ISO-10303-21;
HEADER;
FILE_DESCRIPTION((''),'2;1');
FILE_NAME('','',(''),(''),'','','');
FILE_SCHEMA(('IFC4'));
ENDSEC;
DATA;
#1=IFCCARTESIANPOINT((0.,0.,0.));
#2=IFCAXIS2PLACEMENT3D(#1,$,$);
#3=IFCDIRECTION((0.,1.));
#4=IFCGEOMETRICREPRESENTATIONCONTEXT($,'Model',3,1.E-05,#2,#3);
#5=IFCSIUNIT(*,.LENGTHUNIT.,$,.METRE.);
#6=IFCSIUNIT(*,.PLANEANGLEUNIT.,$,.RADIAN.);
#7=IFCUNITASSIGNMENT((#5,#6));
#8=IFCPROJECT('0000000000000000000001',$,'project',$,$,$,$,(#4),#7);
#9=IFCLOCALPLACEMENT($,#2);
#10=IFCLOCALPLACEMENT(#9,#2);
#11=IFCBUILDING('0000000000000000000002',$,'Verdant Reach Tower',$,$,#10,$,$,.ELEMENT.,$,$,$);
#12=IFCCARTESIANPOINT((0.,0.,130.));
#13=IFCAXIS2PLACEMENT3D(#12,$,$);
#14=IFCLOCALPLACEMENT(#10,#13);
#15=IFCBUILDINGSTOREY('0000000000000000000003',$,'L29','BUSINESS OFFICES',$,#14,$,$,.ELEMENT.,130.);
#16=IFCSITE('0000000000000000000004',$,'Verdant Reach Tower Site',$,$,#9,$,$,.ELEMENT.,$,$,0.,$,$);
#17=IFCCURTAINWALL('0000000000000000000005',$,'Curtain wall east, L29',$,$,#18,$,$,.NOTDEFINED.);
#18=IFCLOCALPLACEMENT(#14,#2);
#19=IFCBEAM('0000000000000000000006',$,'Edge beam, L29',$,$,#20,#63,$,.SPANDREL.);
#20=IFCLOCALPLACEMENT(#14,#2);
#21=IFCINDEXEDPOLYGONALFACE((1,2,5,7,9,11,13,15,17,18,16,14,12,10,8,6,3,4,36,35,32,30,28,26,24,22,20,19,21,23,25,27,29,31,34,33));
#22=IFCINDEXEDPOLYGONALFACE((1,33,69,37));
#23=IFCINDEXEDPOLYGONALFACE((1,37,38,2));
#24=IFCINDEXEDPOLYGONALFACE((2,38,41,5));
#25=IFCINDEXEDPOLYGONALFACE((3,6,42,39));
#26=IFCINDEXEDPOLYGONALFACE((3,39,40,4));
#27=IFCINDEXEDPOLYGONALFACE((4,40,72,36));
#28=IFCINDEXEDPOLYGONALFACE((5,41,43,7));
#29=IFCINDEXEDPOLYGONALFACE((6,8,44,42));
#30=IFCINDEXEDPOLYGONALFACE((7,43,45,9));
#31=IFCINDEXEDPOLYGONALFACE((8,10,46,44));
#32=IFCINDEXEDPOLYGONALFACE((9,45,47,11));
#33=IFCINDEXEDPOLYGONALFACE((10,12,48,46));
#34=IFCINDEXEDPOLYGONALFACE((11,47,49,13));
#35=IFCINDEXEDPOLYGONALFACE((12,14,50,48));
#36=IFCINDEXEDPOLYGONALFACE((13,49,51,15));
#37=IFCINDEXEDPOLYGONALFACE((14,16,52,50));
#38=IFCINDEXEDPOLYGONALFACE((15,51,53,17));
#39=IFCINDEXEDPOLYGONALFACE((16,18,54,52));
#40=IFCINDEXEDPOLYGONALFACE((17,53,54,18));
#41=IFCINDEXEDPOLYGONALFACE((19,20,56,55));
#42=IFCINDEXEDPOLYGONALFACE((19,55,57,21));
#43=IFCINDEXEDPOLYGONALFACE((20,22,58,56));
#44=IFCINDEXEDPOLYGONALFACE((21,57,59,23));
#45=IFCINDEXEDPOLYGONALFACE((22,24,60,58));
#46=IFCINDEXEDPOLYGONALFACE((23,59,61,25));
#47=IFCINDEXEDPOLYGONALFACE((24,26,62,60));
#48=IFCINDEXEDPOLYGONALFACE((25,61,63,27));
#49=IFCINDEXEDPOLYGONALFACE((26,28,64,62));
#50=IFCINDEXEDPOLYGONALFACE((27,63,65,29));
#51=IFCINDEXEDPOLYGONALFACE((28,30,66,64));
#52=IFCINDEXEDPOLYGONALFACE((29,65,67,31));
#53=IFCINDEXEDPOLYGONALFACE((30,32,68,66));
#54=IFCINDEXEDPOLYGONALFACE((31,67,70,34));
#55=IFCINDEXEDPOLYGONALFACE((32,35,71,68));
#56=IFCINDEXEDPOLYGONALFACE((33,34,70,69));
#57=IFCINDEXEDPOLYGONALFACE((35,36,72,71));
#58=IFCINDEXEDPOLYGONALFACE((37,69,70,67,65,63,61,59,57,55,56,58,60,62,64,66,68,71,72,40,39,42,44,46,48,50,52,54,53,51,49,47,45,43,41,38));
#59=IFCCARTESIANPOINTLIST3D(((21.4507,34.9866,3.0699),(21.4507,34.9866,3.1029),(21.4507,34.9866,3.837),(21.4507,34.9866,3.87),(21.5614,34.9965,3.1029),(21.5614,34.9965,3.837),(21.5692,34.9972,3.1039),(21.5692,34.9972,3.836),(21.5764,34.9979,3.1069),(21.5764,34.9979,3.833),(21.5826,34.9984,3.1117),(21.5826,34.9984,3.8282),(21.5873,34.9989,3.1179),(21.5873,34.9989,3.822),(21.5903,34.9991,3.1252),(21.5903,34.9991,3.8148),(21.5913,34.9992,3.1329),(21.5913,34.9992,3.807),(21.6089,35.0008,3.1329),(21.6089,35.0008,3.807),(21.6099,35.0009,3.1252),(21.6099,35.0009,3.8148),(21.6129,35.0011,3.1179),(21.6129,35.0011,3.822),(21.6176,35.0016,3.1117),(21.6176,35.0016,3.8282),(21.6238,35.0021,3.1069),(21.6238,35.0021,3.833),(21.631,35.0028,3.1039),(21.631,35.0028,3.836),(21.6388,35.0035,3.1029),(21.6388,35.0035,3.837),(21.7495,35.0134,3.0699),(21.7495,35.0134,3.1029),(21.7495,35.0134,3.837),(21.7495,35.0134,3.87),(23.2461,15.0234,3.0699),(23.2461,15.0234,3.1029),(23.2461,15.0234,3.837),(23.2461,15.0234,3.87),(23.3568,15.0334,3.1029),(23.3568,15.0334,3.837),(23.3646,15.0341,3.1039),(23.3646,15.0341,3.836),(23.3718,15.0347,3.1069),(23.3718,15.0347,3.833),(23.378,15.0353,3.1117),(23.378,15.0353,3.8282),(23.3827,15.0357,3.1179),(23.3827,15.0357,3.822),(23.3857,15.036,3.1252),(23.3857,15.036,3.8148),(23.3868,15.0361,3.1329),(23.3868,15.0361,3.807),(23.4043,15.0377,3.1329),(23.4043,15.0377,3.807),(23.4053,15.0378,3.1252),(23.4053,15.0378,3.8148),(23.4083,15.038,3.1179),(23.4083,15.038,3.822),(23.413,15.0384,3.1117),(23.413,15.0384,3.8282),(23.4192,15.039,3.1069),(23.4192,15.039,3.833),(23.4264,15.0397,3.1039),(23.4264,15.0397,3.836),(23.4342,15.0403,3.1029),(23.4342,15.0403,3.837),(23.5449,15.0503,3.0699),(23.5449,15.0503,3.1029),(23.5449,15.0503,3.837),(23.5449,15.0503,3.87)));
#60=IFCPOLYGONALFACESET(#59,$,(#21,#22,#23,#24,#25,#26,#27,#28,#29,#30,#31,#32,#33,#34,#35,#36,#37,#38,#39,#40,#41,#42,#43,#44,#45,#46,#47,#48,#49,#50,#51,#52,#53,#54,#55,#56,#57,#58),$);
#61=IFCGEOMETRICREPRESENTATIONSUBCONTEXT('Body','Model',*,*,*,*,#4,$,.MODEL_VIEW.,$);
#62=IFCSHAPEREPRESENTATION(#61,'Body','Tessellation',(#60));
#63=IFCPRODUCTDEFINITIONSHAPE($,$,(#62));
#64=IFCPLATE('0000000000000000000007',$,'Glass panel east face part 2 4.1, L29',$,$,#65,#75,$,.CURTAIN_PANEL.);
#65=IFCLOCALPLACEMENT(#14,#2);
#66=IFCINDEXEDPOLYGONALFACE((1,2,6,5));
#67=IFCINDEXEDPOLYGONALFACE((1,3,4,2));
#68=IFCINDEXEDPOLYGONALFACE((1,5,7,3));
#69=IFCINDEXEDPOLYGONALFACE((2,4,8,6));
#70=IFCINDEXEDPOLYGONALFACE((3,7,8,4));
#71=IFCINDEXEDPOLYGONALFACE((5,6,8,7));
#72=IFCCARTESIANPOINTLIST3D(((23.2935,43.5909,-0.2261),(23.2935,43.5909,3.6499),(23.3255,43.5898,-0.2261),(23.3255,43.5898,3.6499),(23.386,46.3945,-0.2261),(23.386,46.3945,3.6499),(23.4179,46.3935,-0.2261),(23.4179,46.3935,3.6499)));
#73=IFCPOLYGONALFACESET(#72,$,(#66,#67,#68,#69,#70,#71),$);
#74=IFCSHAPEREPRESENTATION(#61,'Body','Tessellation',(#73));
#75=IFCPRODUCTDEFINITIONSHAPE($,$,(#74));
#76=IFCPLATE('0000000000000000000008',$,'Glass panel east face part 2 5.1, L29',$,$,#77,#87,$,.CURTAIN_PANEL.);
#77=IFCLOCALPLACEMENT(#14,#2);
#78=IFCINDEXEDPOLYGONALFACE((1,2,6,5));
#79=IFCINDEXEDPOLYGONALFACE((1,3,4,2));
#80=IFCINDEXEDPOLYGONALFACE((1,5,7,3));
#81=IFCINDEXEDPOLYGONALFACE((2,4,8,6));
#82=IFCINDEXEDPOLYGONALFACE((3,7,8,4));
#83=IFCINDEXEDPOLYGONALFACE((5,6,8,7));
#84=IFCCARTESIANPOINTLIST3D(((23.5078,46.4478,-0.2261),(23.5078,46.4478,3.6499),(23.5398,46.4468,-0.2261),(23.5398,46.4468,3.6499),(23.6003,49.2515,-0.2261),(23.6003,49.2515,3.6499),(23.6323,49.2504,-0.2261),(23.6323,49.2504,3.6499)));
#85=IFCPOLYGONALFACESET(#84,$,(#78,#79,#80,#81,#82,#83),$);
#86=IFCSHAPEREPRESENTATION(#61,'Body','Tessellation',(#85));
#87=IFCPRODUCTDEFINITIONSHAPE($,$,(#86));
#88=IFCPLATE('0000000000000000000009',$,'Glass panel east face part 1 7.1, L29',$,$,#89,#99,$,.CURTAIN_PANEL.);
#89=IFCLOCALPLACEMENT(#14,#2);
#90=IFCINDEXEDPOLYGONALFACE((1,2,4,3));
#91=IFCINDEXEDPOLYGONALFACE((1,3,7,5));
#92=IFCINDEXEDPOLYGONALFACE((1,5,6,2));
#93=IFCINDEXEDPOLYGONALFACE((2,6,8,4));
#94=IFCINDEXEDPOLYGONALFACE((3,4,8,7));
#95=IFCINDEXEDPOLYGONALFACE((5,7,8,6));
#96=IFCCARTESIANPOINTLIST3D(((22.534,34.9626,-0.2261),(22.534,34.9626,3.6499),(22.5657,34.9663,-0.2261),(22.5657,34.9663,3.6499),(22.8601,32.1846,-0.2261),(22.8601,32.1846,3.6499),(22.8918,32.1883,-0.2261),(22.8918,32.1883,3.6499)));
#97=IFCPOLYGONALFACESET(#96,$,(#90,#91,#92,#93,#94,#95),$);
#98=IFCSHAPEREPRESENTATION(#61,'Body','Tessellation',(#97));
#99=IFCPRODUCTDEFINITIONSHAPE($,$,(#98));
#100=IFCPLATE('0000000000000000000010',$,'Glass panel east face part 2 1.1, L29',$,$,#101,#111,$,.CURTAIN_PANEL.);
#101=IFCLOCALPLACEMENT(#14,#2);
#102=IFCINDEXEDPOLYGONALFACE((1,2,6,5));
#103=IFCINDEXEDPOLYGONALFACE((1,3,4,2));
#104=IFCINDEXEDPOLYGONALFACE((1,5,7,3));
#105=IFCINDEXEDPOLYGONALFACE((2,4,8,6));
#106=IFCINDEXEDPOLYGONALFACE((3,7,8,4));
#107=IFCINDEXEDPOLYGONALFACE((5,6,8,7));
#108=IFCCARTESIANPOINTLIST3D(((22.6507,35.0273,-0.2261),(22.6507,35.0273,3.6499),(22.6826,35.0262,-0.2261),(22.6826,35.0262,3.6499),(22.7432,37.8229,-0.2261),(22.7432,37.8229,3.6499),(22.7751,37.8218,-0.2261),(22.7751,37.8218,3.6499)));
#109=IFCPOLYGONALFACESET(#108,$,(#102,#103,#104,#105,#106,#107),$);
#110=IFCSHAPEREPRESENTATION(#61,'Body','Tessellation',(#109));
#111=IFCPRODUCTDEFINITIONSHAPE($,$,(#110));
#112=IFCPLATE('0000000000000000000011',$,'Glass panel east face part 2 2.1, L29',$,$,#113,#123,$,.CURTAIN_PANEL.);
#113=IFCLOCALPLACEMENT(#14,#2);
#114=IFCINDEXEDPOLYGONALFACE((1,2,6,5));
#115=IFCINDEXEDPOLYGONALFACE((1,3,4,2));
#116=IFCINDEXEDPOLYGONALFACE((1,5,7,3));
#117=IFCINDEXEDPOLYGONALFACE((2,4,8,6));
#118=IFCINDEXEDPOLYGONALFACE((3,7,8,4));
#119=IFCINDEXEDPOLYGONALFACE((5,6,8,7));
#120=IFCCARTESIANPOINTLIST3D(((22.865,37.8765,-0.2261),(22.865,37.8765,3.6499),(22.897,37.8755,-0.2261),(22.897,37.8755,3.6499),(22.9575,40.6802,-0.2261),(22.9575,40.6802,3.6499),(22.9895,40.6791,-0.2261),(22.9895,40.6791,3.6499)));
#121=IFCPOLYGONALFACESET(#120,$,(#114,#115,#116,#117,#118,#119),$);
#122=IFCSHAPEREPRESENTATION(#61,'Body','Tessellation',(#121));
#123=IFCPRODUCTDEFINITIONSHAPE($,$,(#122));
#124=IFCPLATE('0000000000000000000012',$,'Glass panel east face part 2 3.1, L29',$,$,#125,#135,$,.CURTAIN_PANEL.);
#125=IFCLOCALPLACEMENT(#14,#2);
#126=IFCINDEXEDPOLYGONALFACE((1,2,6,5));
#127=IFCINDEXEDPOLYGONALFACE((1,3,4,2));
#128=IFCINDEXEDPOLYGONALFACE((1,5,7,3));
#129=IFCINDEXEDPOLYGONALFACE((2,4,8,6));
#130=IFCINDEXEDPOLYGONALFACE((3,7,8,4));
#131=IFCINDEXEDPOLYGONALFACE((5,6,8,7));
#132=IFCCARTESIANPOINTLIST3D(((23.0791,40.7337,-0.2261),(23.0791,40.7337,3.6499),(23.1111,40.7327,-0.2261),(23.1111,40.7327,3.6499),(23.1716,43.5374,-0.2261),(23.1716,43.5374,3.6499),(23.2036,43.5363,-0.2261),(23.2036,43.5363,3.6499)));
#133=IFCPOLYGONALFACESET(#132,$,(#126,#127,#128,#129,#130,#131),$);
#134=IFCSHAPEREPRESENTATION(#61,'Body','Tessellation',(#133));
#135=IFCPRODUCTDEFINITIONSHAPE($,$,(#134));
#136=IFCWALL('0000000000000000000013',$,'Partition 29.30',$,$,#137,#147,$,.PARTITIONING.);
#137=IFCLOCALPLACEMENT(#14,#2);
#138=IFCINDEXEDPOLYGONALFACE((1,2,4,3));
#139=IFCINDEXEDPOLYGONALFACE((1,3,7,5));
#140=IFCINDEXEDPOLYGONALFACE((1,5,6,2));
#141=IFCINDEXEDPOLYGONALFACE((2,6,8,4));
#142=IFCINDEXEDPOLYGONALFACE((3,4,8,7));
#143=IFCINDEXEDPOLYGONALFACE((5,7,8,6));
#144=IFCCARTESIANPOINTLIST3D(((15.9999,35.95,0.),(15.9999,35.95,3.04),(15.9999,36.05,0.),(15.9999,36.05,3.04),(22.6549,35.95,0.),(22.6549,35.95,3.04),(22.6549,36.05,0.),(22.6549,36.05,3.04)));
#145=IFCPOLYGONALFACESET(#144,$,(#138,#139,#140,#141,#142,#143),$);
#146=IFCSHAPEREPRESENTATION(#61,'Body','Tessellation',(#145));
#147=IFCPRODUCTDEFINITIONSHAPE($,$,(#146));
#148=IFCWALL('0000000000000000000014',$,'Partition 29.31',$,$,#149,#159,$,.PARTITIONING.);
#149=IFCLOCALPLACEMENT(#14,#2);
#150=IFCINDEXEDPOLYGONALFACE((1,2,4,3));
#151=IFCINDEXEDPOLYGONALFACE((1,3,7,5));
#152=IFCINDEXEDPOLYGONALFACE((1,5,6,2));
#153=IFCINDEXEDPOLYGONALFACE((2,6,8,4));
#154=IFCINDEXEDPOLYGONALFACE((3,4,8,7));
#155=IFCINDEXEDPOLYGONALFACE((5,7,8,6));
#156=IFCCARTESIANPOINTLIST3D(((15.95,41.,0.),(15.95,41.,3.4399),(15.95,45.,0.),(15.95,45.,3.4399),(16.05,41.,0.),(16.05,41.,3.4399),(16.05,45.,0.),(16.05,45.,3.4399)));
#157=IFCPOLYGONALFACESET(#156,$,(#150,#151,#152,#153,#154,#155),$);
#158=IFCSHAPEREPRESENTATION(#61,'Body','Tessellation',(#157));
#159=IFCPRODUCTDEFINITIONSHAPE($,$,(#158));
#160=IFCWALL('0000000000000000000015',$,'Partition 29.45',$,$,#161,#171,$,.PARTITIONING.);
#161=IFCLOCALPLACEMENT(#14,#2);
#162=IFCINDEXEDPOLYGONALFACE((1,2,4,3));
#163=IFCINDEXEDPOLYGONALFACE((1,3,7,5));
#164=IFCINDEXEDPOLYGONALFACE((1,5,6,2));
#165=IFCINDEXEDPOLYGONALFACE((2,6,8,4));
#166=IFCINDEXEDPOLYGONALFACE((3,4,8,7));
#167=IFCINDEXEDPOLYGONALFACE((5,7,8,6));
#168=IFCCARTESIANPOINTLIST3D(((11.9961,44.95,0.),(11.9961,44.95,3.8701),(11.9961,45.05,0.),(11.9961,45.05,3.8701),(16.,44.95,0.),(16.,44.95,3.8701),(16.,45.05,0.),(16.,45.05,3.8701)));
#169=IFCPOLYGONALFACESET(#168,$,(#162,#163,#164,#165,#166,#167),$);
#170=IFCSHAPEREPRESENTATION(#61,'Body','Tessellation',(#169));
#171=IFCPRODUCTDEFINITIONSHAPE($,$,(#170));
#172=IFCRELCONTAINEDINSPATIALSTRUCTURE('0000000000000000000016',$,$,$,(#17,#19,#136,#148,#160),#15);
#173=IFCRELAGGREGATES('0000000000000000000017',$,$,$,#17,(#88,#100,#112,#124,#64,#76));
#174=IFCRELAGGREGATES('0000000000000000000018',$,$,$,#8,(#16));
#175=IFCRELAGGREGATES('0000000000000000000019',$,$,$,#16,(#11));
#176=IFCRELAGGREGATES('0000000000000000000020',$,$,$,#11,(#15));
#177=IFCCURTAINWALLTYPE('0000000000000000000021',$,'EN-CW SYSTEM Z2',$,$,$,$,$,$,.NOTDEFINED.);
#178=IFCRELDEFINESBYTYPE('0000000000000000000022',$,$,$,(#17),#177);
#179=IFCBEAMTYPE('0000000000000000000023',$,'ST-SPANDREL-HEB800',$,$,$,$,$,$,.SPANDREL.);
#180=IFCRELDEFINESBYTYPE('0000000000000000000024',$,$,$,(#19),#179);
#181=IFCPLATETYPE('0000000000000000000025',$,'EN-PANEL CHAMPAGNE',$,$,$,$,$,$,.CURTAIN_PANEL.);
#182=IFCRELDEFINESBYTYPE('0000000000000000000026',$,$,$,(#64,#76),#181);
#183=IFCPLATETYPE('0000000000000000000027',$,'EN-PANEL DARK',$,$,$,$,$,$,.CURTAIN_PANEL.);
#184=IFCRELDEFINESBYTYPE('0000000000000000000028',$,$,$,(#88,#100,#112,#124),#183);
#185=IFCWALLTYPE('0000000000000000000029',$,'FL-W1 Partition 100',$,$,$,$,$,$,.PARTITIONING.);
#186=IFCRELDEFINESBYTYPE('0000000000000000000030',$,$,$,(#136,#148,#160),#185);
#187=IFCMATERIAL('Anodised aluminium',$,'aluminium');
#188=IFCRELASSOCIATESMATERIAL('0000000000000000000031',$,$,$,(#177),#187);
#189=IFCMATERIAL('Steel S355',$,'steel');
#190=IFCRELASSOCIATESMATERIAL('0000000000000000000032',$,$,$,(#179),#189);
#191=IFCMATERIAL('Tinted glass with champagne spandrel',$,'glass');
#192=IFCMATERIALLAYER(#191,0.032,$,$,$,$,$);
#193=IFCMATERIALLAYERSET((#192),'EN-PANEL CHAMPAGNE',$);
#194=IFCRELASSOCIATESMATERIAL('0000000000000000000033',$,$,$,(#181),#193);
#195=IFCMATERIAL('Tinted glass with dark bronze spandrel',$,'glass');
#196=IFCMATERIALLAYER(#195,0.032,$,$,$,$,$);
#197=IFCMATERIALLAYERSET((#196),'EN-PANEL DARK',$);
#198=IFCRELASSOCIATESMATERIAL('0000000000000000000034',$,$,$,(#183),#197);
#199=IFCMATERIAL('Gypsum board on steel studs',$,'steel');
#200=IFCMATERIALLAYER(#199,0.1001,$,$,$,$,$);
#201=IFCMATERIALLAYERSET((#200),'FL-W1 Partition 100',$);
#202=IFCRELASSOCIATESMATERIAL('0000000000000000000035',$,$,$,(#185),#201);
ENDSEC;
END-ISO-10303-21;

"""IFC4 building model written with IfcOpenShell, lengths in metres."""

from ifc_helpers import new_model, si_unit, direction, frame, frame_2d, origin, origin_2d, place, context, subcontext, project, spatial, rectangle, i_section, extrude, material, layer, layer_set, material_profile, profile_set, type_object, element, aggregate, save


model = new_model("IFC4")

# Units and contexts
model_context = context("Model", 3, precision=1e-05, world=origin(), true_north=direction((0.0, 1.0)))
body_context = subcontext(model_context, "Body", "Model", "MODEL_VIEW")
ifc_project = project(units=[si_unit("LENGTHUNIT", "METRE"), si_unit("PLANEANGLEUNIT", "RADIAN")], contexts=[model_context])

# Site, building, storey
site_placement = place(None, origin())
site = spatial("IfcSite", under=ifc_project, at=site_placement, Name="Verdant Reach Tower Site", CompositionType="ELEMENT", RefElevation=0.0)
building_placement = place(site_placement, origin())
building = spatial("IfcBuilding", under=site, at=building_placement, Name="Verdant Reach Tower", CompositionType="ELEMENT")
storey_placement = place(building_placement, frame((0.0, 0.0, 130.0)))
storey = spatial("IfcBuildingStorey", under=building, at=storey_placement, Name="L29", Description="BUSINESS OFFICES", CompositionType="ELEMENT", Elevation=130.0)

# Curtain wall
ifc_material_1 = material(Name="Anodised aluminium", Category="aluminium")
curtain_wall_type = type_object("IfcCurtainWallType", Name="EN-CW SYSTEM Z2", PredefinedType="NOTDEFINED", material=ifc_material_1)
curtain_wall_placement = place(storey_placement, origin())
curtain_wall = element("IfcCurtainWall", 1, at=curtain_wall_placement, inside=storey, type_object=curtain_wall_type, Name="Curtain wall east, L29", PredefinedType="NOTDEFINED")

# Beam
ifc_material_2 = material(Name="Steel S355", Category="steel")
ifc_material_profile_1 = material_profile(ifc_material_2, i_section(OverallWidth=0.3, OverallDepth=0.8, WebThickness=0.0176, FlangeThickness=0.033, FilletRadius=0.03, at=origin_2d()), Name="HEB 800")
ifc_profile_set_1 = profile_set([ifc_material_profile_1], Name="Steel S355")
beam_type_1 = type_object("IfcBeamType", Name="ST-SPANDREL-HEB800", PredefinedType="SPANDREL", material=ifc_profile_set_1)
beam_1_placement = place(storey_placement, frame((21.6001, 35.0, 3.47), z_axis=(0.089575, -0.99598, 0.0), x_axis=(0.99598, 0.089575, 0.0)))
element("IfcBeam", 2, at=beam_1_placement, inside=storey, type_object=beam_type_1, Name="Edge beam, L29", PredefinedType="SPANDREL", context=body_context, shape_type="SweptSolid", body=[
    extrude(i_section(OverallWidth=0.3, OverallDepth=0.8, WebThickness=0.0176, FlangeThickness=0.033, FilletRadius=0.03, at=origin_2d()), origin(), (0.0, 0.0, 1.0), 20.0437),
])

# Plates
ifc_material_3 = material(Name="Tinted glass with champagne spandrel", Category="glass")
ifc_layer_1 = layer(ifc_material_3, 0.032)
ifc_layer_set_1 = layer_set([ifc_layer_1], Name="EN-PANEL CHAMPAGNE")
plate_type_1 = type_object("IfcPlateType", Name="EN-PANEL CHAMPAGNE", PredefinedType="CURTAIN_PANEL", material=ifc_layer_set_1)
plate_1_placement = place(storey_placement, frame((23.3557, 44.9922, -0.2261), z_axis=(0.0, 0.0, 1.0), x_axis=(0.032966, 0.999456, 0.0)))
plate_1 = element("IfcPlate", 3, at=plate_1_placement, type_object=plate_type_1, Name="Glass panel east face part 2 4.1, L29", PredefinedType="CURTAIN_PANEL", context=body_context, shape_type="SweptSolid", body=[
    extrude(rectangle(XDim=2.8052, YDim=0.032, at=origin_2d()), origin(), (0.0, 0.0, 1.0), 3.876),
])
plate_2_placement = place(storey_placement, frame((23.5701, 47.8491, -0.2261), z_axis=(0.0, 0.0, 1.0), x_axis=(0.032966, 0.999456, 0.0)))
plate_2 = element("IfcPlate", 4, at=plate_2_placement, type_object=plate_type_1, Name="Glass panel east face part 2 5.1, L29", PredefinedType="CURTAIN_PANEL", context=body_context, shape_type="SweptSolid", body=[
    extrude(rectangle(XDim=2.8052, YDim=0.032, at=origin_2d()), origin(), (0.0, 0.0, 1.0), 3.876),
])
ifc_material_4 = material(Name="Tinted glass with dark bronze spandrel", Category="glass")
ifc_layer_2 = layer(ifc_material_4, 0.032)
ifc_layer_set_2 = layer_set([ifc_layer_2], Name="EN-PANEL DARK")
plate_type_2 = type_object("IfcPlateType", Name="EN-PANEL DARK", PredefinedType="CURTAIN_PANEL", material=ifc_layer_set_2)
plate_3_placement = place(storey_placement, frame((22.7129, 33.5754, -0.2261), z_axis=(0.0, 0.0, 1.0), x_axis=(-0.116586, 0.993181, 0.0)))
plate_3 = element("IfcPlate", 5, at=plate_3_placement, type_object=plate_type_2, Name="Glass panel east face part 1 7.1, L29", PredefinedType="CURTAIN_PANEL", context=body_context, shape_type="SweptSolid", body=[
    extrude(rectangle(XDim=2.7971, YDim=0.032, at=origin_2d()), origin(), (0.0, 0.0, 1.0), 3.876),
])
plate_4_placement = place(storey_placement, frame((22.7129, 36.4246, -0.2261), z_axis=(0.0, 0.0, 1.0), x_axis=(0.03307, 0.999453, 0.0)))
plate_4 = element("IfcPlate", 6, at=plate_4_placement, type_object=plate_type_2, Name="Glass panel east face part 2 1.1, L29", PredefinedType="CURTAIN_PANEL", context=body_context, shape_type="SweptSolid", body=[
    extrude(rectangle(XDim=2.7971, YDim=0.032, at=origin_2d()), origin(), (0.0, 0.0, 1.0), 3.876),
])
plate_5_placement = place(storey_placement, frame((22.9272, 39.2778, -0.2261), z_axis=(0.0, 0.0, 1.0), x_axis=(0.032966, 0.999456, 0.0)))
plate_5 = element("IfcPlate", 7, at=plate_5_placement, type_object=plate_type_2, Name="Glass panel east face part 2 2.1, L29", PredefinedType="CURTAIN_PANEL", context=body_context, shape_type="SweptSolid", body=[
    extrude(rectangle(XDim=2.8052, YDim=0.032, at=origin_2d()), origin(), (0.0, 0.0, 1.0), 3.876),
])
plate_6_placement = place(storey_placement, frame((23.1414, 42.135, -0.2261), z_axis=(0.0, 0.0, 1.0), x_axis=(0.032966, 0.999456, 0.0)))
plate_6 = element("IfcPlate", 8, at=plate_6_placement, type_object=plate_type_2, Name="Glass panel east face part 2 3.1, L29", PredefinedType="CURTAIN_PANEL", context=body_context, shape_type="SweptSolid", body=[
    extrude(rectangle(XDim=2.8052, YDim=0.032, at=origin_2d()), origin(), (0.0, 0.0, 1.0), 3.876),
])
aggregate(curtain_wall, [plate_3, plate_4, plate_5, plate_6, plate_1, plate_2])

# Walls
ifc_material_5 = material(Name="Gypsum board on steel studs", Category="steel")
ifc_layer_3 = layer(ifc_material_5, 0.1001)
ifc_layer_set_3 = layer_set([ifc_layer_3], Name="FL-W1 Partition 100")
wall_type_1 = type_object("IfcWallType", Name="FL-W1 Partition 100", PredefinedType="PARTITIONING", material=ifc_layer_set_3)
wall_1_placement = place(storey_placement, frame((22.655, 36.0, 0.0), z_axis=(0.0, 0.0, 1.0), x_axis=(-1.0, 0.0, 0.0)))
element("IfcWall", 9, at=wall_1_placement, inside=storey, type_object=wall_type_1, Name="Partition 29.30", PredefinedType="PARTITIONING", context=body_context, shape_type="SweptSolid", body=[
    extrude(rectangle(XDim=6.655, YDim=0.1001, at=frame_2d((3.3276, 0.0))), origin(), (0.0, 0.0, 1.0), 3.04),
])
wall_2_placement = place(storey_placement, frame((16.0, 45.0, 0.0), z_axis=(0.0, 0.0, 1.0), x_axis=(0.0, -1.0, 0.0)))
element("IfcWall", 10, at=wall_2_placement, inside=storey, type_object=wall_type_1, Name="Partition 29.31", PredefinedType="PARTITIONING", context=body_context, shape_type="SweptSolid", body=[
    extrude(rectangle(XDim=4.0, YDim=0.1001, at=frame_2d((2.0, 0.0))), origin(), (0.0, 0.0, 1.0), 3.4399),
])
wall_3_placement = place(storey_placement, frame((16.0, 45.0, 0.0), z_axis=(0.0, 0.0, 1.0), x_axis=(-1.0, 0.0, 0.0)))
element("IfcWall", 11, at=wall_3_placement, inside=storey, type_object=wall_type_1, Name="Partition 29.45", PredefinedType="PARTITIONING", context=body_context, shape_type="SweptSolid", body=[
    extrude(rectangle(XDim=4.0039, YDim=0.1001, at=frame_2d((2.002, 0.0))), origin(), (0.0, 0.0, 1.0), 3.8701),
])

save(model, "model.ifc")
